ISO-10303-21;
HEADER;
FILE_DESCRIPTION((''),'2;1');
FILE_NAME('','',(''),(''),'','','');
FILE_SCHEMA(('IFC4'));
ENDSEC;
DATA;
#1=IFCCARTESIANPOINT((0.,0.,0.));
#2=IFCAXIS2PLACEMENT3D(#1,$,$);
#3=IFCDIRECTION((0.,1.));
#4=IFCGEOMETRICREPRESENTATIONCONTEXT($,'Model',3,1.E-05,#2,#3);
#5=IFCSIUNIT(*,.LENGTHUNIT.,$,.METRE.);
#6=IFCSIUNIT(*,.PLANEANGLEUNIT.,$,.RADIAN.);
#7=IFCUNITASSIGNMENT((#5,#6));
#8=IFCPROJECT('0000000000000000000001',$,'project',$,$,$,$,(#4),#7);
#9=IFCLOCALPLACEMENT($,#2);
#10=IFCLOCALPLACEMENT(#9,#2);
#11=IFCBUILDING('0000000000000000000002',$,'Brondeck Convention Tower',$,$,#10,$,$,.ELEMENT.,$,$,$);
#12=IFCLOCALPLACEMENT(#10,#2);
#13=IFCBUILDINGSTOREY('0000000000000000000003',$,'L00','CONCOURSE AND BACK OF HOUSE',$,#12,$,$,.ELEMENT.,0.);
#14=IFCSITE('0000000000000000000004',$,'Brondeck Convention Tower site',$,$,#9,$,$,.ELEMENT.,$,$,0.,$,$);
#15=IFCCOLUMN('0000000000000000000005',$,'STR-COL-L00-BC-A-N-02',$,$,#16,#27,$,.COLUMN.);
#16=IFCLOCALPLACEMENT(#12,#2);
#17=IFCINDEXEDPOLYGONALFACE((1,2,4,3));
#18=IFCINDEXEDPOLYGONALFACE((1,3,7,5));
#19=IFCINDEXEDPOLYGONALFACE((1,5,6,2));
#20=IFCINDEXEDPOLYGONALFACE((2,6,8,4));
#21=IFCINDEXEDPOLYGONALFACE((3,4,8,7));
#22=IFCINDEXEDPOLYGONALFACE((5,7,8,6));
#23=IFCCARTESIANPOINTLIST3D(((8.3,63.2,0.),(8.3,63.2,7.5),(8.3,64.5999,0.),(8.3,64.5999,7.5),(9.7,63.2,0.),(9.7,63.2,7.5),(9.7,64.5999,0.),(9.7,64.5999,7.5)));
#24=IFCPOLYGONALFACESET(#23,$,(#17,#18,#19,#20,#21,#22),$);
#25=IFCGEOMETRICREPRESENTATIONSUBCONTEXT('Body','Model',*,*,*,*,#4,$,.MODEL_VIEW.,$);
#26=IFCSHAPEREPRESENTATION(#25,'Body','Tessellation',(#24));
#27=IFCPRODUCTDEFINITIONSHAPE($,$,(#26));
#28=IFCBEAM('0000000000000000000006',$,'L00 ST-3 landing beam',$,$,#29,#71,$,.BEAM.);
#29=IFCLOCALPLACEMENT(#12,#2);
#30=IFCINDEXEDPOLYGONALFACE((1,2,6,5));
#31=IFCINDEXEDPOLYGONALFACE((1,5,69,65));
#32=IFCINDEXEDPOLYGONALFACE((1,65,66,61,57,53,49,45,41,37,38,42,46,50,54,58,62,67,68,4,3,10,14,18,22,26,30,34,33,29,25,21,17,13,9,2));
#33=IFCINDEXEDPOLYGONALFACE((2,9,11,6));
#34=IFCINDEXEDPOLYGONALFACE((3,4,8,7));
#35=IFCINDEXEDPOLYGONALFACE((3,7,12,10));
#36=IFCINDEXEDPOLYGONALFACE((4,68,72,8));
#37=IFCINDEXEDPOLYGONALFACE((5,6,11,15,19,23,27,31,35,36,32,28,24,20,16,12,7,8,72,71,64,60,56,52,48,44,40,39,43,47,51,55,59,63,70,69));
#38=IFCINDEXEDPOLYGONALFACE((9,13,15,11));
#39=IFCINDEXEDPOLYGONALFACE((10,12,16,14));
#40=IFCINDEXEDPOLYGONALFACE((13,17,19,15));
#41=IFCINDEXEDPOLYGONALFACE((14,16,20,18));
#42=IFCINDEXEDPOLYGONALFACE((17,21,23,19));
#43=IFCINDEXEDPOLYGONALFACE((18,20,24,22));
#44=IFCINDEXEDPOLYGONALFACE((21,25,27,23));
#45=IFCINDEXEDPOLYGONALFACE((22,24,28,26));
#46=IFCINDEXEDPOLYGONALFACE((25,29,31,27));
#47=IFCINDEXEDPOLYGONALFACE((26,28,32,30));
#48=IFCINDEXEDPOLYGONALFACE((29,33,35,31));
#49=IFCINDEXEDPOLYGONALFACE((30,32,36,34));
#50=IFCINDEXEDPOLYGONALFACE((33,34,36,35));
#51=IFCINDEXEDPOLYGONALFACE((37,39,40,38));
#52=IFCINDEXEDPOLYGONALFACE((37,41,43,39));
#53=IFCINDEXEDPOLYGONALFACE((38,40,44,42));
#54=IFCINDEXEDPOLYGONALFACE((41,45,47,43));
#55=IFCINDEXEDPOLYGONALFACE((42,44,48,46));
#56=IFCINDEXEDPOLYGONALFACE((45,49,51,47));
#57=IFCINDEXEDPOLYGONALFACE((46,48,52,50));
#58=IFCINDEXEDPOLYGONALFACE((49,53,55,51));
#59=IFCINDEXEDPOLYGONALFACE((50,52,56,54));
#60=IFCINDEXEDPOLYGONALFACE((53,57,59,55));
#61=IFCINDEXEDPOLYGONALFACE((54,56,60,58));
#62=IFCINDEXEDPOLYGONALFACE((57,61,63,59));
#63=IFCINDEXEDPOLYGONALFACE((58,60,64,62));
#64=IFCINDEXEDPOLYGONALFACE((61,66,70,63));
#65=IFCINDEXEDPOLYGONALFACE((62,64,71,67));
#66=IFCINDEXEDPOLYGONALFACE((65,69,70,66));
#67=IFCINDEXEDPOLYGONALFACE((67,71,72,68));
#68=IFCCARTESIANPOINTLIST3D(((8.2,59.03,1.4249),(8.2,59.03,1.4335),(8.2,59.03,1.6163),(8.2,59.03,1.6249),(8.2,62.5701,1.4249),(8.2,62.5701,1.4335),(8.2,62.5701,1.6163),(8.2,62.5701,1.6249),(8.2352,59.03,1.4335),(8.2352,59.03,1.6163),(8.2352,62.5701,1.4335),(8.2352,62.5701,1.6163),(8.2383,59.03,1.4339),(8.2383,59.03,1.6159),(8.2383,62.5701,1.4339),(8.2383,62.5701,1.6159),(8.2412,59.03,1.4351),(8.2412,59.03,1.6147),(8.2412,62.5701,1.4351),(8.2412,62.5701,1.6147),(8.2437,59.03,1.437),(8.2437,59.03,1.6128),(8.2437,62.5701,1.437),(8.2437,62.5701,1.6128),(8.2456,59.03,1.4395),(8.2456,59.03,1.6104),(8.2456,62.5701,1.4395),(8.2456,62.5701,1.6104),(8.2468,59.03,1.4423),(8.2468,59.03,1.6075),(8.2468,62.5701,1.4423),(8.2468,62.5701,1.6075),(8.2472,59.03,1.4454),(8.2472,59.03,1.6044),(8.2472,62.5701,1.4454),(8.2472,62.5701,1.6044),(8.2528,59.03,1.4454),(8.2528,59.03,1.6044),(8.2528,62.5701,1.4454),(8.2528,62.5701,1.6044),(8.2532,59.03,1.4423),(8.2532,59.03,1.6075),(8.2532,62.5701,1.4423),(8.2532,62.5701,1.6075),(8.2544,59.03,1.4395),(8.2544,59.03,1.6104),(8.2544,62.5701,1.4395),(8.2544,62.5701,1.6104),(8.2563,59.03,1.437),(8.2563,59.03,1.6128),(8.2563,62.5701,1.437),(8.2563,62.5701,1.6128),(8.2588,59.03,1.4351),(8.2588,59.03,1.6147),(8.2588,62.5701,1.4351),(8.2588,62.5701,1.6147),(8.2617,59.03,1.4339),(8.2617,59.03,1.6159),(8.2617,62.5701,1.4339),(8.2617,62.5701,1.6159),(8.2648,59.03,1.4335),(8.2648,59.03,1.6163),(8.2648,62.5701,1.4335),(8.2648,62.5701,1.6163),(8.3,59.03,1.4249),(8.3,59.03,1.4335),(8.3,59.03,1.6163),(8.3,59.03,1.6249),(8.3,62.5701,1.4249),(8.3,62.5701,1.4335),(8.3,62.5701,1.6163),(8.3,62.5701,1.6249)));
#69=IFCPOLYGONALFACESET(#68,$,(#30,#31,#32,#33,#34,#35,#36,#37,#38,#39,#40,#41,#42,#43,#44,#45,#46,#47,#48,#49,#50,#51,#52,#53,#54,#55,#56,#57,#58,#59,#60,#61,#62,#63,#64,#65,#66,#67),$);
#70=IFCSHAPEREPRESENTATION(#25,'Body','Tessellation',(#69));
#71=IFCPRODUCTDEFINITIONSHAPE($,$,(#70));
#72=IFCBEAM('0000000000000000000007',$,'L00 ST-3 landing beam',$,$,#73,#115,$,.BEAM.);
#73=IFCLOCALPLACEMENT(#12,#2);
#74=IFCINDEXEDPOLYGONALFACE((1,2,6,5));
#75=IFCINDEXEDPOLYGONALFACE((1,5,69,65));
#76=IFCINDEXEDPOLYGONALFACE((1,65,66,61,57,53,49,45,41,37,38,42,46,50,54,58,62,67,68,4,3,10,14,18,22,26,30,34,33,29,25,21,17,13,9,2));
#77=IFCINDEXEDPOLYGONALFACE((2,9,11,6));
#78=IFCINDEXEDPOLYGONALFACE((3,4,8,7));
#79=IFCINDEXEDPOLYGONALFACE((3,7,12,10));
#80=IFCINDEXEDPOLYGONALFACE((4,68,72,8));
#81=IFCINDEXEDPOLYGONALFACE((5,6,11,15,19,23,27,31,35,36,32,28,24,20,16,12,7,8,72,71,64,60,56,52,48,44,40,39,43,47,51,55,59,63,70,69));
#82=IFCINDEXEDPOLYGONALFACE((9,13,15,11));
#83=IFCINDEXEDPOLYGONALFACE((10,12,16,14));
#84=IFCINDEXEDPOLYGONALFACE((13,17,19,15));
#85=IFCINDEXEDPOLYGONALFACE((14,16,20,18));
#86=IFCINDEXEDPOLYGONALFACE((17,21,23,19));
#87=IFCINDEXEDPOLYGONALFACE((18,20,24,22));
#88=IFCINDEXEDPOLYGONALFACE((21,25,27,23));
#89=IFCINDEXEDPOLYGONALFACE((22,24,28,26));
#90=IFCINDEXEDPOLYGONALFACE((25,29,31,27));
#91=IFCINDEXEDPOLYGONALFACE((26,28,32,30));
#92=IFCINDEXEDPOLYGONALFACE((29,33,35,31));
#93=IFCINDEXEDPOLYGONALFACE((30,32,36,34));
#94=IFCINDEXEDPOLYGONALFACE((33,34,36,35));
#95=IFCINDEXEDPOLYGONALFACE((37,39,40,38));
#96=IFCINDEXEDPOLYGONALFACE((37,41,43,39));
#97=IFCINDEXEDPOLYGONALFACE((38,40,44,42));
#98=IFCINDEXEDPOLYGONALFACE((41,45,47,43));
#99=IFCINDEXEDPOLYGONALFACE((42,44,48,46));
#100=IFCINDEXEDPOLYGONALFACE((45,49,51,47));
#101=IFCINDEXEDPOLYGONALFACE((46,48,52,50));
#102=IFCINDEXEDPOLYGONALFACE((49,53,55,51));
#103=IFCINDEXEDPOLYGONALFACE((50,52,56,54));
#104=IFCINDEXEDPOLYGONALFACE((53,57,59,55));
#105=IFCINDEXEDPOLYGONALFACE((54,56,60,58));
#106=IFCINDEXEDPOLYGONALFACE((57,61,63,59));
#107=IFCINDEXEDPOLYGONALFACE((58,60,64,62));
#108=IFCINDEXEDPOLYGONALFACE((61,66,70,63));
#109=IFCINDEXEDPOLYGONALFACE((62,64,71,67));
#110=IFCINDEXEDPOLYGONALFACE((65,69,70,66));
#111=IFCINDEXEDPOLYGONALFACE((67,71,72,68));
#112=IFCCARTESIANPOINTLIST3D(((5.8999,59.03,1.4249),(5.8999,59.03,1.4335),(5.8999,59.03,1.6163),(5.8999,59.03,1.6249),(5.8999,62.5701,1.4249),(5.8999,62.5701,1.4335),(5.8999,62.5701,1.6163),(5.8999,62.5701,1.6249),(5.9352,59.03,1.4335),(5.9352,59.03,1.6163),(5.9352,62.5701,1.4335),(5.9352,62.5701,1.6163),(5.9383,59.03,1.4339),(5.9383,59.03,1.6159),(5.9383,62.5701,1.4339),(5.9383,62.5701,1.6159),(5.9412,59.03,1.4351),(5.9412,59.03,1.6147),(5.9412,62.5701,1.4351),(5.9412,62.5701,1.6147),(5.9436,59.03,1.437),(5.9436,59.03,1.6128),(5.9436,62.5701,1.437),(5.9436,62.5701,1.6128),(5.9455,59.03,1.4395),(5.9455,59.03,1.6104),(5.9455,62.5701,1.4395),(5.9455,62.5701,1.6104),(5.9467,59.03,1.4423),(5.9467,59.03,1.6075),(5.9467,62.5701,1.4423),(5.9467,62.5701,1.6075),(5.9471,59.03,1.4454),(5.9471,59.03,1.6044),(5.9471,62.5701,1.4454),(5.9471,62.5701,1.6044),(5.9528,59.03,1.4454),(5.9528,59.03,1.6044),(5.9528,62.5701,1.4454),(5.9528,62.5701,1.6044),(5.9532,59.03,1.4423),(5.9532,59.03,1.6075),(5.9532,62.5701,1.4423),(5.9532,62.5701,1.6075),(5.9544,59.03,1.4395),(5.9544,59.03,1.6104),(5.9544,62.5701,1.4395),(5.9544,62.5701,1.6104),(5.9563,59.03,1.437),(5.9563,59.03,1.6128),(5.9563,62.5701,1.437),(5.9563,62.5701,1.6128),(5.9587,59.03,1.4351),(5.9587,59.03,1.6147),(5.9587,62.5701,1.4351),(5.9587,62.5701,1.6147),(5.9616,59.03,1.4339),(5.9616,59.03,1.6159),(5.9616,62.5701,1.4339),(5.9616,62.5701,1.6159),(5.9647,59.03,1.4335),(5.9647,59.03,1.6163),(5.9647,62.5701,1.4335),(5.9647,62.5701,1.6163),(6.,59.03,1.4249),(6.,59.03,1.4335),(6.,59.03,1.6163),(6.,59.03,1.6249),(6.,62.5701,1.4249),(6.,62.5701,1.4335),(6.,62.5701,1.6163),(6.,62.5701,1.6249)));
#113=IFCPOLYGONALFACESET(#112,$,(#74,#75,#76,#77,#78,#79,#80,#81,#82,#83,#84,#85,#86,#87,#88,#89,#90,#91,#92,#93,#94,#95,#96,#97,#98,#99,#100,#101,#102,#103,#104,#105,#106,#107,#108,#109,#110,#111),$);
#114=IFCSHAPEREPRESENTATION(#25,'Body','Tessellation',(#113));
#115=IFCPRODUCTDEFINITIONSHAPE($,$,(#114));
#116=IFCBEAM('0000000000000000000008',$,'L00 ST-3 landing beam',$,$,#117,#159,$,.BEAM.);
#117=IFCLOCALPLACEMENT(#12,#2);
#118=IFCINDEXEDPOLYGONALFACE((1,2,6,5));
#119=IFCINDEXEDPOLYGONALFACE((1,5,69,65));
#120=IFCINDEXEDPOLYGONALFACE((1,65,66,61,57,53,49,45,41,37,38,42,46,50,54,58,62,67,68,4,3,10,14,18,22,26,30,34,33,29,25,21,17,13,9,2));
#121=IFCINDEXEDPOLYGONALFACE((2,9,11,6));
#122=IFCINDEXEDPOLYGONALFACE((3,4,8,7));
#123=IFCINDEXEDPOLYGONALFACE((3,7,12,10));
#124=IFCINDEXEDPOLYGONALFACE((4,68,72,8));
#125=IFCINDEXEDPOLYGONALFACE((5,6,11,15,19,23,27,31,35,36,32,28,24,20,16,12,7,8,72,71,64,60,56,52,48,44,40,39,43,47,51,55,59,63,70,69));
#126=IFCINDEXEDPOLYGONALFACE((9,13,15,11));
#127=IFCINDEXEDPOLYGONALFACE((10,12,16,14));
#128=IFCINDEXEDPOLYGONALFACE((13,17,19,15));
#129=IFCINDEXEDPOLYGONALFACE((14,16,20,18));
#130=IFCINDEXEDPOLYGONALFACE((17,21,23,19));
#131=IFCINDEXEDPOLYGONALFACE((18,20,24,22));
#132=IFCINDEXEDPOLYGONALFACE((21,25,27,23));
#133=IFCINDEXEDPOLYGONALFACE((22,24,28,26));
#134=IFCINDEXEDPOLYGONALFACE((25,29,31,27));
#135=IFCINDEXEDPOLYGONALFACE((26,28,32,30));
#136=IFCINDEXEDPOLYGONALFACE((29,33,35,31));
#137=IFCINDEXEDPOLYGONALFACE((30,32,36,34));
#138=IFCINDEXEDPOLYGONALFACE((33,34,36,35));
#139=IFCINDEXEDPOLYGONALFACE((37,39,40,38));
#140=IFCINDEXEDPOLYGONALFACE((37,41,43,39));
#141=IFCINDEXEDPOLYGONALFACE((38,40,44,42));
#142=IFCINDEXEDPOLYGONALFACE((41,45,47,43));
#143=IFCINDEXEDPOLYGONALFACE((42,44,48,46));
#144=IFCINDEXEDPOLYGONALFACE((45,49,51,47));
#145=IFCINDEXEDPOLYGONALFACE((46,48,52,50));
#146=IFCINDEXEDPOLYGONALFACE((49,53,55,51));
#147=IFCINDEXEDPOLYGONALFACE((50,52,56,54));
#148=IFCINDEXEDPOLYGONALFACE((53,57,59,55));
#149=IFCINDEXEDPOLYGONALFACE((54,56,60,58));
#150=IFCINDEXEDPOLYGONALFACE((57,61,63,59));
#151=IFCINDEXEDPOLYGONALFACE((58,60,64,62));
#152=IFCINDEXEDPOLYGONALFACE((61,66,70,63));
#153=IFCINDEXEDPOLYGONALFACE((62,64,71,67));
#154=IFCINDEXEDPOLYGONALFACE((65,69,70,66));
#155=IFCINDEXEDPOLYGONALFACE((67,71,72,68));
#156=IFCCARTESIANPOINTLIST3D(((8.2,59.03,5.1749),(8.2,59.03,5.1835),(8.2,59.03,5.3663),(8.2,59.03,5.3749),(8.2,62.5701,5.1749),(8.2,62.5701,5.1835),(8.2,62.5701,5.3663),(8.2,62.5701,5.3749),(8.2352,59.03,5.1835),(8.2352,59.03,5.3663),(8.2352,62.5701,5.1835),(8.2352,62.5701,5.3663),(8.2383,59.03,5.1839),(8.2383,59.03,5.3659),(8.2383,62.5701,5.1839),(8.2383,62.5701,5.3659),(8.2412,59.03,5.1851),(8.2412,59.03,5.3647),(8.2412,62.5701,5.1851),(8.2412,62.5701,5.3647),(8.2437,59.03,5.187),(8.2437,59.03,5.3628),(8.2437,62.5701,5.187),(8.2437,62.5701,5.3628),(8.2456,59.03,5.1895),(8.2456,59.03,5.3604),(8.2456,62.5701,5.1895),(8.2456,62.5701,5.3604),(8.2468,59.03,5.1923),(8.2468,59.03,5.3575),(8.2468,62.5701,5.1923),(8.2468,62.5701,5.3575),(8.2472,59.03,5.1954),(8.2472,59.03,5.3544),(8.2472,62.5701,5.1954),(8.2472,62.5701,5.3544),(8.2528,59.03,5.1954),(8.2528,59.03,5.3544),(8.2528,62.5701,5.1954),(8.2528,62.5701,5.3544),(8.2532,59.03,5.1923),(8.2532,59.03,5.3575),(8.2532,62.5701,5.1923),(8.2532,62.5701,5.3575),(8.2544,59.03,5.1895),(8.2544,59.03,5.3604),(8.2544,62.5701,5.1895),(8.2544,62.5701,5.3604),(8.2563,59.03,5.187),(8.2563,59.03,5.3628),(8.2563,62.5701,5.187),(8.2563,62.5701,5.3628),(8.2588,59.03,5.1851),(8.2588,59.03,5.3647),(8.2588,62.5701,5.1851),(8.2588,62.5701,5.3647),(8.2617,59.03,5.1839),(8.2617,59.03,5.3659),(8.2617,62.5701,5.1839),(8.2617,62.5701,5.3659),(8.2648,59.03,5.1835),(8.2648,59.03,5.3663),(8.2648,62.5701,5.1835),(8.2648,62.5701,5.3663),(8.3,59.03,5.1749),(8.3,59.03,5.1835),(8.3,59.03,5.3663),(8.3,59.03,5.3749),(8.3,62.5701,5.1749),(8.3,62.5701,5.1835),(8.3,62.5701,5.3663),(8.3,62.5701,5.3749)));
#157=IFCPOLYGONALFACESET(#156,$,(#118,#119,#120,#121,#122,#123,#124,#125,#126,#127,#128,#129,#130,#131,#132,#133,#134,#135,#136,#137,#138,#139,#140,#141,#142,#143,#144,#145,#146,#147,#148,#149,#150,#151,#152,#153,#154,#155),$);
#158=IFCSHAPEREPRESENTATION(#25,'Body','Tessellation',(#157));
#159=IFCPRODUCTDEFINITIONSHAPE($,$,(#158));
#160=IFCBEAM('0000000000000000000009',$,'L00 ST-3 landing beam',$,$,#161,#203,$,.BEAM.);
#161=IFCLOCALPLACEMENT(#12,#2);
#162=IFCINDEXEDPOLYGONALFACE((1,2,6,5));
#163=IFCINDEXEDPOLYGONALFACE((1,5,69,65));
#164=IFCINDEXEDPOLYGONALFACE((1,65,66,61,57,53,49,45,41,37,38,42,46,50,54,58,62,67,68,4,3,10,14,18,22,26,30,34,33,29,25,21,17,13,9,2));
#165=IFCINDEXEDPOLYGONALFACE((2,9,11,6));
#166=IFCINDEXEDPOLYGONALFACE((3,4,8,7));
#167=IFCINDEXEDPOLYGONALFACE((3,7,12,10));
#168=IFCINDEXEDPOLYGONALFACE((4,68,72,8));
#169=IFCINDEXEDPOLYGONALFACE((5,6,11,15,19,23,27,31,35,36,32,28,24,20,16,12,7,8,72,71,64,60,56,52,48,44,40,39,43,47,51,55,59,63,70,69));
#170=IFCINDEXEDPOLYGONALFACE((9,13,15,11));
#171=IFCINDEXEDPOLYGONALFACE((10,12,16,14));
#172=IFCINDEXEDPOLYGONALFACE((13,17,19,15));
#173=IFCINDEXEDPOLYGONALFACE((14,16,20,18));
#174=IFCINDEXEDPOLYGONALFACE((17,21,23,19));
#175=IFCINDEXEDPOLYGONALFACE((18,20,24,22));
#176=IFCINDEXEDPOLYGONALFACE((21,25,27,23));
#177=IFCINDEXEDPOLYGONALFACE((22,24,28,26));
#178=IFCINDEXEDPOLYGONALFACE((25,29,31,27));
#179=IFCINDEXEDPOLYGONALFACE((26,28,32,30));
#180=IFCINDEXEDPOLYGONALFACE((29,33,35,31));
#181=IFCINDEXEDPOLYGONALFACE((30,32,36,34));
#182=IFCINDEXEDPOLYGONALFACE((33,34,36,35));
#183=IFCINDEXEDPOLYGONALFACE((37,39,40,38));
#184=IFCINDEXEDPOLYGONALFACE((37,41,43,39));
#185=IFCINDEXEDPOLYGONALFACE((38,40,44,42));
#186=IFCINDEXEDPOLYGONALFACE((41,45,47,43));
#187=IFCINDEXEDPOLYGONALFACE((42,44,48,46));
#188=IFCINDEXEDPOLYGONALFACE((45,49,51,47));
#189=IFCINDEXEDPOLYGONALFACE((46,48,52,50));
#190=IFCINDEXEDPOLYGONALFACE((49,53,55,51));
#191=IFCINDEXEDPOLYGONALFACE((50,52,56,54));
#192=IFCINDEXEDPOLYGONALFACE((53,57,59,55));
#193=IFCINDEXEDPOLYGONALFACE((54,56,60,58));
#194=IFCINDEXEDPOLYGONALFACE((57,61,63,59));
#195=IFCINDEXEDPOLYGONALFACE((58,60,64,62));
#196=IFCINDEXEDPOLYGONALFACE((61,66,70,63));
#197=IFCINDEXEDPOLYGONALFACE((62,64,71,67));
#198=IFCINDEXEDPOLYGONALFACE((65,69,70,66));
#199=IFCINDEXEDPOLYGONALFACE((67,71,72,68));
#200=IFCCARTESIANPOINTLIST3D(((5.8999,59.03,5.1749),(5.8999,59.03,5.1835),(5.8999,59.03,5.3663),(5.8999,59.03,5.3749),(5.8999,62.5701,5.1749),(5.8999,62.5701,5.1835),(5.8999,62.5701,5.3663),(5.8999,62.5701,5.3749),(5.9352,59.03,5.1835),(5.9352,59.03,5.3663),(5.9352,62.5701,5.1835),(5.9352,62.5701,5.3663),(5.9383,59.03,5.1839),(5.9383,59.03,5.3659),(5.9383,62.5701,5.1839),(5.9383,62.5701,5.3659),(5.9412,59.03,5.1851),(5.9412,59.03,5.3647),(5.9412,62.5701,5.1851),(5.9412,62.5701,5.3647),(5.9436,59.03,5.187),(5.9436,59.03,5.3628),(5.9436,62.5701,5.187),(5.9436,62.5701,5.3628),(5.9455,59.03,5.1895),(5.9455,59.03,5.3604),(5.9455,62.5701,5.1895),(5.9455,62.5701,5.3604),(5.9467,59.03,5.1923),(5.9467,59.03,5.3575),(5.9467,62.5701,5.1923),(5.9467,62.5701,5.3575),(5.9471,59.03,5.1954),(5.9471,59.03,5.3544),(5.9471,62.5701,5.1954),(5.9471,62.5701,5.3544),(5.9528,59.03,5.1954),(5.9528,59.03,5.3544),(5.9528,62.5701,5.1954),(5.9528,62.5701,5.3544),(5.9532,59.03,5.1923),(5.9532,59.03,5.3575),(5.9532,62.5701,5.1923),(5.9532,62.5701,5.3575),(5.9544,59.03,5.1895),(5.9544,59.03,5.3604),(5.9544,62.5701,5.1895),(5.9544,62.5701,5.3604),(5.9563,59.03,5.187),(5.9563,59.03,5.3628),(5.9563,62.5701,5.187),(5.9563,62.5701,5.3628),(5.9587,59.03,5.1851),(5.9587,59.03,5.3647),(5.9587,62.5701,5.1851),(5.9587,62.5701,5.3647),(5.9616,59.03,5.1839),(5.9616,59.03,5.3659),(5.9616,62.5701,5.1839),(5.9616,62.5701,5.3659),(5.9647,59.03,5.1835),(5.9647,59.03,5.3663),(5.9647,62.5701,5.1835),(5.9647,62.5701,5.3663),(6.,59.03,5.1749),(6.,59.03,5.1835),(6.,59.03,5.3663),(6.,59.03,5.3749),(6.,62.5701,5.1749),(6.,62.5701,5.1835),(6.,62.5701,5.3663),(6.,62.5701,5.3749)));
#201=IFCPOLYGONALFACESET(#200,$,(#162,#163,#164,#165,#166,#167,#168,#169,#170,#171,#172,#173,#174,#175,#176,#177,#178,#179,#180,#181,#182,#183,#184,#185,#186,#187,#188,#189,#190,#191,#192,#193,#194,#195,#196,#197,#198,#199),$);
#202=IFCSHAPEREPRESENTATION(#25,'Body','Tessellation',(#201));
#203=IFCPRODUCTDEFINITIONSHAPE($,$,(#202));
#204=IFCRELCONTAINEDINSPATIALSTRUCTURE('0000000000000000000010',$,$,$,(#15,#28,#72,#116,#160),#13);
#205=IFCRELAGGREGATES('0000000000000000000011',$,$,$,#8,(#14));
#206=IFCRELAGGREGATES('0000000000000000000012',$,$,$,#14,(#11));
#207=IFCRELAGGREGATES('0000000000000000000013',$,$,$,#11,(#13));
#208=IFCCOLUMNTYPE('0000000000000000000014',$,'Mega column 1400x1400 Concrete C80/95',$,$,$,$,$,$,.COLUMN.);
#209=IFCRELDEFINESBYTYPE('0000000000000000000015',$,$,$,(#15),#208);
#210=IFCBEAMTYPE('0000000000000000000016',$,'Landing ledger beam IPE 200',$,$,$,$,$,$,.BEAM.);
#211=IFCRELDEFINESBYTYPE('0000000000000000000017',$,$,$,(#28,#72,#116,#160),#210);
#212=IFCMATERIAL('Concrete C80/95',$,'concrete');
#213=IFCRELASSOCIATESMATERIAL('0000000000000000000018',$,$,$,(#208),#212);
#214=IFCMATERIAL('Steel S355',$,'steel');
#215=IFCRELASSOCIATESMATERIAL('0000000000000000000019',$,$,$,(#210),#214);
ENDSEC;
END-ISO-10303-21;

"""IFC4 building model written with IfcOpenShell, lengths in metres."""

from ifc_helpers import new_model, si_unit, direction, frame, origin, origin_2d, place, context, subcontext, project, spatial, rectangle, i_section, extrude, material, material_profile, profile_set, type_object, element, save


model = new_model("IFC4")

# Units and contexts
model_context = context("Model", 3, precision=1e-05, world=origin(), true_north=direction((0.0, 1.0)))
body_context = subcontext(model_context, "Body", "Model", "MODEL_VIEW")
ifc_project = project(units=[si_unit("LENGTHUNIT", "METRE"), si_unit("PLANEANGLEUNIT", "RADIAN")], contexts=[model_context])

# Site, building, storey
site_placement = place(None, origin())
site = spatial("IfcSite", under=ifc_project, at=site_placement, Name="Brondeck Convention Tower site", CompositionType="ELEMENT", RefElevation=0.0)
building_placement = place(site_placement, origin())
building = spatial("IfcBuilding", under=site, at=building_placement, Name="Brondeck Convention Tower", CompositionType="ELEMENT")
storey_placement = place(building_placement, origin())
storey = spatial("IfcBuildingStorey", under=building, at=storey_placement, Name="L00", Description="CONCOURSE AND BACK OF HOUSE", CompositionType="ELEMENT", Elevation=0.0)

# Column
ifc_material_1 = material(Name="Concrete C80/95", Category="concrete")
ifc_material_profile_1 = material_profile(ifc_material_1, rectangle(XDim=1.3999, YDim=1.3999, at=origin_2d()), Name="Mega column 1400x1400 Concrete C80/95")
ifc_profile_set_1 = profile_set([ifc_material_profile_1], Name="Concrete C80/95")
column_type = type_object("IfcColumnType", Name="Mega column 1400x1400 Concrete C80/95", PredefinedType="COLUMN", material=ifc_profile_set_1)
column_placement = place(storey_placement, frame((9.0, 63.8999, 0.0), z_axis=(0.0, 0.0, 1.0), x_axis=(1.0, 0.0, 0.0)))
element("IfcColumn", 1, at=column_placement, inside=storey, type_object=column_type, Name="STR-COL-L00-BC-A-N-02", PredefinedType="COLUMN", context=body_context, shape_type="SweptSolid", body=[
    extrude(rectangle(XDim=1.3999, YDim=1.3999, at=origin_2d()), origin(), (0.0, 0.0, 1.0), 7.5),
])

# Beams
ifc_material_2 = material(Name="Steel S355", Category="steel")
ifc_material_profile_2 = material_profile(ifc_material_2, i_section(OverallWidth=0.1001, OverallDepth=0.2, WebThickness=0.0056, FlangeThickness=0.0085, FilletRadius=0.012, at=origin_2d()), Name="IPE200")
ifc_profile_set_2 = profile_set([ifc_material_profile_2], Name="Steel S355")
beam_type = type_object("IfcBeamType", Name="Landing ledger beam IPE 200", PredefinedType="BEAM", material=ifc_profile_set_2)
for number, where, z_axis, x_axis, name in (
    (2, (8.25, 62.5701, 1.5249), (0.0, -1.0, 0.0), (1.0, 0.0, 0.0), "L00 ST-3 landing beam"),
    (3, (5.95, 62.5701, 1.5249), (0.0, -1.0, 0.0), (1.0, 0.0, 0.0), "L00 ST-3 landing beam"),
    (4, (8.25, 62.5701, 5.2749), (0.0, -1.0, 0.0), (1.0, 0.0, 0.0), "L00 ST-3 landing beam"),
    (5, (5.95, 62.5701, 5.2749), (0.0, -1.0, 0.0), (1.0, 0.0, 0.0), "L00 ST-3 landing beam"),
):
    element("IfcBeam", number, at=place(storey_placement, frame(where, z_axis=z_axis, x_axis=x_axis)), inside=storey, type_object=beam_type, Name=name, PredefinedType="BEAM", context=body_context, shape_type="SweptSolid", body=[
        extrude(i_section(OverallWidth=0.1001, OverallDepth=0.2, WebThickness=0.0056, FlangeThickness=0.0085, FilletRadius=0.012, at=origin_2d()), origin(), (0.0, 0.0, 1.0), 3.54),
    ])

save(model, "model.ifc")
